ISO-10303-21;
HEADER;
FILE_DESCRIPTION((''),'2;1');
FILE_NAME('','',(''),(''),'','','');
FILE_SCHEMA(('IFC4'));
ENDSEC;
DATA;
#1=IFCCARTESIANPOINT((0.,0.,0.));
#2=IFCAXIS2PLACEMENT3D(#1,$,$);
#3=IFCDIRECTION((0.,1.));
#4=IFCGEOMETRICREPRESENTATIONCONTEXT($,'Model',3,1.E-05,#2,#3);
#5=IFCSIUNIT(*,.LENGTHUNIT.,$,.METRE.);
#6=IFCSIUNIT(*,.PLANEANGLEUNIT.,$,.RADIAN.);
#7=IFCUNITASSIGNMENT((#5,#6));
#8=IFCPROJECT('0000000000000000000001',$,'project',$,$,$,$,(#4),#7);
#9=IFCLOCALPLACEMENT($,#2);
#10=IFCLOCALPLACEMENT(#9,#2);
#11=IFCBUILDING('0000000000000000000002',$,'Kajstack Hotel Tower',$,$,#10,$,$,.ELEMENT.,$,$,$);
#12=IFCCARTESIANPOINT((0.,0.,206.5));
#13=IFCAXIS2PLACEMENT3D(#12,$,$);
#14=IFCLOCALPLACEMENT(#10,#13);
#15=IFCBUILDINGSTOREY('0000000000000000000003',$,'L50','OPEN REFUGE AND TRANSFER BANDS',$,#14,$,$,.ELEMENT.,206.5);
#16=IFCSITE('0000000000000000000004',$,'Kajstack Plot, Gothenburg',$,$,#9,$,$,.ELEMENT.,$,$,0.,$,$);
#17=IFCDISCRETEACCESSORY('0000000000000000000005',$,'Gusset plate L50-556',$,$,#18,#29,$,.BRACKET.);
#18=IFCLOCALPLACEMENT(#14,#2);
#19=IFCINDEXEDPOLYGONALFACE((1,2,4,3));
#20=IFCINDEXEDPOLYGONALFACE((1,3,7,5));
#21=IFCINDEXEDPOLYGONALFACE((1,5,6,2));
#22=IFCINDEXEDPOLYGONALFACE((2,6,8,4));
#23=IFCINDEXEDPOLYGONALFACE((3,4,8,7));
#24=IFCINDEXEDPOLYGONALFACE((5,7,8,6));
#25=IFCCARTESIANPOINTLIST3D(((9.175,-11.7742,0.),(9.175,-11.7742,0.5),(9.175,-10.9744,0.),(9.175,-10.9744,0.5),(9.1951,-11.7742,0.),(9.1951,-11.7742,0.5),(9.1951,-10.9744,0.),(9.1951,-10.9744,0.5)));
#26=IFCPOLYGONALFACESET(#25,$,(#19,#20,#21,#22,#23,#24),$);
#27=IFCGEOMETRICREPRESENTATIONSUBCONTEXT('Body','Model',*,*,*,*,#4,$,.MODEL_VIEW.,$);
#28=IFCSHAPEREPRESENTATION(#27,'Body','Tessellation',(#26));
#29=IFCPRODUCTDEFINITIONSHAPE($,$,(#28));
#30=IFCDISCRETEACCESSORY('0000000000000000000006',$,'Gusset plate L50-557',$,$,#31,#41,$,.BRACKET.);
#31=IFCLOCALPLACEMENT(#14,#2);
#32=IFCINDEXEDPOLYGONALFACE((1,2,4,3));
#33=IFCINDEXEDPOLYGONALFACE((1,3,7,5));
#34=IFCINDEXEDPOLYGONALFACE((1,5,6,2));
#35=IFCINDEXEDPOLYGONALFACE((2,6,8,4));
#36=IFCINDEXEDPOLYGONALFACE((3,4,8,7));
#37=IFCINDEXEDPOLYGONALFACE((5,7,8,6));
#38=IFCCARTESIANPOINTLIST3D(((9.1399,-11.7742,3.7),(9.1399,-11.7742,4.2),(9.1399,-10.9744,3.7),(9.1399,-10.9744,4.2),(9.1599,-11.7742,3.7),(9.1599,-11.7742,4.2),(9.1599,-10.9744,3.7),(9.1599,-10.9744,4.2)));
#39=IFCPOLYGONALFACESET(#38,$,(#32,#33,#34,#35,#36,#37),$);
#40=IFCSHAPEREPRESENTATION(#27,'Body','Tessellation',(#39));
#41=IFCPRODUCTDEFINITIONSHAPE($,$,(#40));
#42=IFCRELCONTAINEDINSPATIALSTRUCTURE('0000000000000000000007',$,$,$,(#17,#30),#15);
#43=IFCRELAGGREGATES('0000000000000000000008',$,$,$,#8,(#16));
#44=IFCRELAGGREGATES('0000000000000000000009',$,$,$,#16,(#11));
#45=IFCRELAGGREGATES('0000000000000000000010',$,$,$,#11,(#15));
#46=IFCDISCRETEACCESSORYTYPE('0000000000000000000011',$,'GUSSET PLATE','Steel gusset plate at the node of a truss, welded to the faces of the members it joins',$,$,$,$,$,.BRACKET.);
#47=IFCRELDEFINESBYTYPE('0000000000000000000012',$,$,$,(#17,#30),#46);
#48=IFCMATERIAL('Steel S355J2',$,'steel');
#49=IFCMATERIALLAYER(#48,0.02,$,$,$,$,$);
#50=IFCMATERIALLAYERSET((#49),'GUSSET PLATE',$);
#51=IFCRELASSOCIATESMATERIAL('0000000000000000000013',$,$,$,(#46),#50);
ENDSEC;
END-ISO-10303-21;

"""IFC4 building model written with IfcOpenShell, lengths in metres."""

from ifc_helpers import new_model, si_unit, direction, frame, origin, place, context, subcontext, project, spatial, polyline, outline, extrude, material, layer, layer_set, type_object, element, save


model = new_model("IFC4")

# Units and contexts
model_context = context("Model", 3, precision=1e-05, world=origin(), true_north=direction((0.0, 1.0)))
body_context = subcontext(model_context, "Body", "Model", "MODEL_VIEW")
ifc_project = project(units=[si_unit("LENGTHUNIT", "METRE"), si_unit("PLANEANGLEUNIT", "RADIAN")], contexts=[model_context])

# Site, building, storey
site_placement = place(None, origin())
site = spatial("IfcSite", under=ifc_project, at=site_placement, Name="Kajstack Plot, Gothenburg", CompositionType="ELEMENT", RefElevation=0.0)
building_placement = place(site_placement, origin())
building = spatial("IfcBuilding", under=site, at=building_placement, Name="Kajstack Hotel Tower", CompositionType="ELEMENT")
storey_placement = place(building_placement, frame((0.0, 0.0, 206.5)))
storey = spatial("IfcBuildingStorey", under=building, at=storey_placement, Name="L50", Description="OPEN REFUGE AND TRANSFER BANDS", CompositionType="ELEMENT", Elevation=206.5)

# Shared definitions
ifc_material_1 = material(Name="Steel S355J2", Category="steel")

# Discrete accessories
ifc_layer_1 = layer(ifc_material_1, 0.02)
ifc_layer_set_1 = layer_set([ifc_layer_1], Name="GUSSET PLATE")
discrete_accessory_type = type_object("IfcDiscreteAccessoryType", Name="GUSSET PLATE", Description="Steel gusset plate at the node of a truss, welded to the faces of the members it joins", PredefinedType="BRACKET", material=ifc_layer_set_1)
for number, where, z_axis, x_axis, name in (
    (1, (9.175, -11.3743, 0.0), (1.0, 0.0, 0.0), (0.0, 1.0, 0.0), "Gusset plate L50-556"),
    (2, (9.1399, -11.3743, 3.7), (1.0, 0.0, 0.0), (0.0, 1.0, 0.0), "Gusset plate L50-557"),
):
    element("IfcDiscreteAccessory", number, at=place(storey_placement, frame(where, z_axis=z_axis, x_axis=x_axis)), inside=storey, type_object=discrete_accessory_type, Name=name, PredefinedType="BRACKET", context=body_context, shape_type="SweptSolid", body=[
        extrude(outline(polyline([(-0.3999, 0.0), (0.3999, 0.0), (0.3999, 0.5), (-0.3999, 0.5), (-0.3999, 0.0)])), origin(), (0.0, 0.0, 1.0), 0.02),
    ])

save(model, "model.ifc")
